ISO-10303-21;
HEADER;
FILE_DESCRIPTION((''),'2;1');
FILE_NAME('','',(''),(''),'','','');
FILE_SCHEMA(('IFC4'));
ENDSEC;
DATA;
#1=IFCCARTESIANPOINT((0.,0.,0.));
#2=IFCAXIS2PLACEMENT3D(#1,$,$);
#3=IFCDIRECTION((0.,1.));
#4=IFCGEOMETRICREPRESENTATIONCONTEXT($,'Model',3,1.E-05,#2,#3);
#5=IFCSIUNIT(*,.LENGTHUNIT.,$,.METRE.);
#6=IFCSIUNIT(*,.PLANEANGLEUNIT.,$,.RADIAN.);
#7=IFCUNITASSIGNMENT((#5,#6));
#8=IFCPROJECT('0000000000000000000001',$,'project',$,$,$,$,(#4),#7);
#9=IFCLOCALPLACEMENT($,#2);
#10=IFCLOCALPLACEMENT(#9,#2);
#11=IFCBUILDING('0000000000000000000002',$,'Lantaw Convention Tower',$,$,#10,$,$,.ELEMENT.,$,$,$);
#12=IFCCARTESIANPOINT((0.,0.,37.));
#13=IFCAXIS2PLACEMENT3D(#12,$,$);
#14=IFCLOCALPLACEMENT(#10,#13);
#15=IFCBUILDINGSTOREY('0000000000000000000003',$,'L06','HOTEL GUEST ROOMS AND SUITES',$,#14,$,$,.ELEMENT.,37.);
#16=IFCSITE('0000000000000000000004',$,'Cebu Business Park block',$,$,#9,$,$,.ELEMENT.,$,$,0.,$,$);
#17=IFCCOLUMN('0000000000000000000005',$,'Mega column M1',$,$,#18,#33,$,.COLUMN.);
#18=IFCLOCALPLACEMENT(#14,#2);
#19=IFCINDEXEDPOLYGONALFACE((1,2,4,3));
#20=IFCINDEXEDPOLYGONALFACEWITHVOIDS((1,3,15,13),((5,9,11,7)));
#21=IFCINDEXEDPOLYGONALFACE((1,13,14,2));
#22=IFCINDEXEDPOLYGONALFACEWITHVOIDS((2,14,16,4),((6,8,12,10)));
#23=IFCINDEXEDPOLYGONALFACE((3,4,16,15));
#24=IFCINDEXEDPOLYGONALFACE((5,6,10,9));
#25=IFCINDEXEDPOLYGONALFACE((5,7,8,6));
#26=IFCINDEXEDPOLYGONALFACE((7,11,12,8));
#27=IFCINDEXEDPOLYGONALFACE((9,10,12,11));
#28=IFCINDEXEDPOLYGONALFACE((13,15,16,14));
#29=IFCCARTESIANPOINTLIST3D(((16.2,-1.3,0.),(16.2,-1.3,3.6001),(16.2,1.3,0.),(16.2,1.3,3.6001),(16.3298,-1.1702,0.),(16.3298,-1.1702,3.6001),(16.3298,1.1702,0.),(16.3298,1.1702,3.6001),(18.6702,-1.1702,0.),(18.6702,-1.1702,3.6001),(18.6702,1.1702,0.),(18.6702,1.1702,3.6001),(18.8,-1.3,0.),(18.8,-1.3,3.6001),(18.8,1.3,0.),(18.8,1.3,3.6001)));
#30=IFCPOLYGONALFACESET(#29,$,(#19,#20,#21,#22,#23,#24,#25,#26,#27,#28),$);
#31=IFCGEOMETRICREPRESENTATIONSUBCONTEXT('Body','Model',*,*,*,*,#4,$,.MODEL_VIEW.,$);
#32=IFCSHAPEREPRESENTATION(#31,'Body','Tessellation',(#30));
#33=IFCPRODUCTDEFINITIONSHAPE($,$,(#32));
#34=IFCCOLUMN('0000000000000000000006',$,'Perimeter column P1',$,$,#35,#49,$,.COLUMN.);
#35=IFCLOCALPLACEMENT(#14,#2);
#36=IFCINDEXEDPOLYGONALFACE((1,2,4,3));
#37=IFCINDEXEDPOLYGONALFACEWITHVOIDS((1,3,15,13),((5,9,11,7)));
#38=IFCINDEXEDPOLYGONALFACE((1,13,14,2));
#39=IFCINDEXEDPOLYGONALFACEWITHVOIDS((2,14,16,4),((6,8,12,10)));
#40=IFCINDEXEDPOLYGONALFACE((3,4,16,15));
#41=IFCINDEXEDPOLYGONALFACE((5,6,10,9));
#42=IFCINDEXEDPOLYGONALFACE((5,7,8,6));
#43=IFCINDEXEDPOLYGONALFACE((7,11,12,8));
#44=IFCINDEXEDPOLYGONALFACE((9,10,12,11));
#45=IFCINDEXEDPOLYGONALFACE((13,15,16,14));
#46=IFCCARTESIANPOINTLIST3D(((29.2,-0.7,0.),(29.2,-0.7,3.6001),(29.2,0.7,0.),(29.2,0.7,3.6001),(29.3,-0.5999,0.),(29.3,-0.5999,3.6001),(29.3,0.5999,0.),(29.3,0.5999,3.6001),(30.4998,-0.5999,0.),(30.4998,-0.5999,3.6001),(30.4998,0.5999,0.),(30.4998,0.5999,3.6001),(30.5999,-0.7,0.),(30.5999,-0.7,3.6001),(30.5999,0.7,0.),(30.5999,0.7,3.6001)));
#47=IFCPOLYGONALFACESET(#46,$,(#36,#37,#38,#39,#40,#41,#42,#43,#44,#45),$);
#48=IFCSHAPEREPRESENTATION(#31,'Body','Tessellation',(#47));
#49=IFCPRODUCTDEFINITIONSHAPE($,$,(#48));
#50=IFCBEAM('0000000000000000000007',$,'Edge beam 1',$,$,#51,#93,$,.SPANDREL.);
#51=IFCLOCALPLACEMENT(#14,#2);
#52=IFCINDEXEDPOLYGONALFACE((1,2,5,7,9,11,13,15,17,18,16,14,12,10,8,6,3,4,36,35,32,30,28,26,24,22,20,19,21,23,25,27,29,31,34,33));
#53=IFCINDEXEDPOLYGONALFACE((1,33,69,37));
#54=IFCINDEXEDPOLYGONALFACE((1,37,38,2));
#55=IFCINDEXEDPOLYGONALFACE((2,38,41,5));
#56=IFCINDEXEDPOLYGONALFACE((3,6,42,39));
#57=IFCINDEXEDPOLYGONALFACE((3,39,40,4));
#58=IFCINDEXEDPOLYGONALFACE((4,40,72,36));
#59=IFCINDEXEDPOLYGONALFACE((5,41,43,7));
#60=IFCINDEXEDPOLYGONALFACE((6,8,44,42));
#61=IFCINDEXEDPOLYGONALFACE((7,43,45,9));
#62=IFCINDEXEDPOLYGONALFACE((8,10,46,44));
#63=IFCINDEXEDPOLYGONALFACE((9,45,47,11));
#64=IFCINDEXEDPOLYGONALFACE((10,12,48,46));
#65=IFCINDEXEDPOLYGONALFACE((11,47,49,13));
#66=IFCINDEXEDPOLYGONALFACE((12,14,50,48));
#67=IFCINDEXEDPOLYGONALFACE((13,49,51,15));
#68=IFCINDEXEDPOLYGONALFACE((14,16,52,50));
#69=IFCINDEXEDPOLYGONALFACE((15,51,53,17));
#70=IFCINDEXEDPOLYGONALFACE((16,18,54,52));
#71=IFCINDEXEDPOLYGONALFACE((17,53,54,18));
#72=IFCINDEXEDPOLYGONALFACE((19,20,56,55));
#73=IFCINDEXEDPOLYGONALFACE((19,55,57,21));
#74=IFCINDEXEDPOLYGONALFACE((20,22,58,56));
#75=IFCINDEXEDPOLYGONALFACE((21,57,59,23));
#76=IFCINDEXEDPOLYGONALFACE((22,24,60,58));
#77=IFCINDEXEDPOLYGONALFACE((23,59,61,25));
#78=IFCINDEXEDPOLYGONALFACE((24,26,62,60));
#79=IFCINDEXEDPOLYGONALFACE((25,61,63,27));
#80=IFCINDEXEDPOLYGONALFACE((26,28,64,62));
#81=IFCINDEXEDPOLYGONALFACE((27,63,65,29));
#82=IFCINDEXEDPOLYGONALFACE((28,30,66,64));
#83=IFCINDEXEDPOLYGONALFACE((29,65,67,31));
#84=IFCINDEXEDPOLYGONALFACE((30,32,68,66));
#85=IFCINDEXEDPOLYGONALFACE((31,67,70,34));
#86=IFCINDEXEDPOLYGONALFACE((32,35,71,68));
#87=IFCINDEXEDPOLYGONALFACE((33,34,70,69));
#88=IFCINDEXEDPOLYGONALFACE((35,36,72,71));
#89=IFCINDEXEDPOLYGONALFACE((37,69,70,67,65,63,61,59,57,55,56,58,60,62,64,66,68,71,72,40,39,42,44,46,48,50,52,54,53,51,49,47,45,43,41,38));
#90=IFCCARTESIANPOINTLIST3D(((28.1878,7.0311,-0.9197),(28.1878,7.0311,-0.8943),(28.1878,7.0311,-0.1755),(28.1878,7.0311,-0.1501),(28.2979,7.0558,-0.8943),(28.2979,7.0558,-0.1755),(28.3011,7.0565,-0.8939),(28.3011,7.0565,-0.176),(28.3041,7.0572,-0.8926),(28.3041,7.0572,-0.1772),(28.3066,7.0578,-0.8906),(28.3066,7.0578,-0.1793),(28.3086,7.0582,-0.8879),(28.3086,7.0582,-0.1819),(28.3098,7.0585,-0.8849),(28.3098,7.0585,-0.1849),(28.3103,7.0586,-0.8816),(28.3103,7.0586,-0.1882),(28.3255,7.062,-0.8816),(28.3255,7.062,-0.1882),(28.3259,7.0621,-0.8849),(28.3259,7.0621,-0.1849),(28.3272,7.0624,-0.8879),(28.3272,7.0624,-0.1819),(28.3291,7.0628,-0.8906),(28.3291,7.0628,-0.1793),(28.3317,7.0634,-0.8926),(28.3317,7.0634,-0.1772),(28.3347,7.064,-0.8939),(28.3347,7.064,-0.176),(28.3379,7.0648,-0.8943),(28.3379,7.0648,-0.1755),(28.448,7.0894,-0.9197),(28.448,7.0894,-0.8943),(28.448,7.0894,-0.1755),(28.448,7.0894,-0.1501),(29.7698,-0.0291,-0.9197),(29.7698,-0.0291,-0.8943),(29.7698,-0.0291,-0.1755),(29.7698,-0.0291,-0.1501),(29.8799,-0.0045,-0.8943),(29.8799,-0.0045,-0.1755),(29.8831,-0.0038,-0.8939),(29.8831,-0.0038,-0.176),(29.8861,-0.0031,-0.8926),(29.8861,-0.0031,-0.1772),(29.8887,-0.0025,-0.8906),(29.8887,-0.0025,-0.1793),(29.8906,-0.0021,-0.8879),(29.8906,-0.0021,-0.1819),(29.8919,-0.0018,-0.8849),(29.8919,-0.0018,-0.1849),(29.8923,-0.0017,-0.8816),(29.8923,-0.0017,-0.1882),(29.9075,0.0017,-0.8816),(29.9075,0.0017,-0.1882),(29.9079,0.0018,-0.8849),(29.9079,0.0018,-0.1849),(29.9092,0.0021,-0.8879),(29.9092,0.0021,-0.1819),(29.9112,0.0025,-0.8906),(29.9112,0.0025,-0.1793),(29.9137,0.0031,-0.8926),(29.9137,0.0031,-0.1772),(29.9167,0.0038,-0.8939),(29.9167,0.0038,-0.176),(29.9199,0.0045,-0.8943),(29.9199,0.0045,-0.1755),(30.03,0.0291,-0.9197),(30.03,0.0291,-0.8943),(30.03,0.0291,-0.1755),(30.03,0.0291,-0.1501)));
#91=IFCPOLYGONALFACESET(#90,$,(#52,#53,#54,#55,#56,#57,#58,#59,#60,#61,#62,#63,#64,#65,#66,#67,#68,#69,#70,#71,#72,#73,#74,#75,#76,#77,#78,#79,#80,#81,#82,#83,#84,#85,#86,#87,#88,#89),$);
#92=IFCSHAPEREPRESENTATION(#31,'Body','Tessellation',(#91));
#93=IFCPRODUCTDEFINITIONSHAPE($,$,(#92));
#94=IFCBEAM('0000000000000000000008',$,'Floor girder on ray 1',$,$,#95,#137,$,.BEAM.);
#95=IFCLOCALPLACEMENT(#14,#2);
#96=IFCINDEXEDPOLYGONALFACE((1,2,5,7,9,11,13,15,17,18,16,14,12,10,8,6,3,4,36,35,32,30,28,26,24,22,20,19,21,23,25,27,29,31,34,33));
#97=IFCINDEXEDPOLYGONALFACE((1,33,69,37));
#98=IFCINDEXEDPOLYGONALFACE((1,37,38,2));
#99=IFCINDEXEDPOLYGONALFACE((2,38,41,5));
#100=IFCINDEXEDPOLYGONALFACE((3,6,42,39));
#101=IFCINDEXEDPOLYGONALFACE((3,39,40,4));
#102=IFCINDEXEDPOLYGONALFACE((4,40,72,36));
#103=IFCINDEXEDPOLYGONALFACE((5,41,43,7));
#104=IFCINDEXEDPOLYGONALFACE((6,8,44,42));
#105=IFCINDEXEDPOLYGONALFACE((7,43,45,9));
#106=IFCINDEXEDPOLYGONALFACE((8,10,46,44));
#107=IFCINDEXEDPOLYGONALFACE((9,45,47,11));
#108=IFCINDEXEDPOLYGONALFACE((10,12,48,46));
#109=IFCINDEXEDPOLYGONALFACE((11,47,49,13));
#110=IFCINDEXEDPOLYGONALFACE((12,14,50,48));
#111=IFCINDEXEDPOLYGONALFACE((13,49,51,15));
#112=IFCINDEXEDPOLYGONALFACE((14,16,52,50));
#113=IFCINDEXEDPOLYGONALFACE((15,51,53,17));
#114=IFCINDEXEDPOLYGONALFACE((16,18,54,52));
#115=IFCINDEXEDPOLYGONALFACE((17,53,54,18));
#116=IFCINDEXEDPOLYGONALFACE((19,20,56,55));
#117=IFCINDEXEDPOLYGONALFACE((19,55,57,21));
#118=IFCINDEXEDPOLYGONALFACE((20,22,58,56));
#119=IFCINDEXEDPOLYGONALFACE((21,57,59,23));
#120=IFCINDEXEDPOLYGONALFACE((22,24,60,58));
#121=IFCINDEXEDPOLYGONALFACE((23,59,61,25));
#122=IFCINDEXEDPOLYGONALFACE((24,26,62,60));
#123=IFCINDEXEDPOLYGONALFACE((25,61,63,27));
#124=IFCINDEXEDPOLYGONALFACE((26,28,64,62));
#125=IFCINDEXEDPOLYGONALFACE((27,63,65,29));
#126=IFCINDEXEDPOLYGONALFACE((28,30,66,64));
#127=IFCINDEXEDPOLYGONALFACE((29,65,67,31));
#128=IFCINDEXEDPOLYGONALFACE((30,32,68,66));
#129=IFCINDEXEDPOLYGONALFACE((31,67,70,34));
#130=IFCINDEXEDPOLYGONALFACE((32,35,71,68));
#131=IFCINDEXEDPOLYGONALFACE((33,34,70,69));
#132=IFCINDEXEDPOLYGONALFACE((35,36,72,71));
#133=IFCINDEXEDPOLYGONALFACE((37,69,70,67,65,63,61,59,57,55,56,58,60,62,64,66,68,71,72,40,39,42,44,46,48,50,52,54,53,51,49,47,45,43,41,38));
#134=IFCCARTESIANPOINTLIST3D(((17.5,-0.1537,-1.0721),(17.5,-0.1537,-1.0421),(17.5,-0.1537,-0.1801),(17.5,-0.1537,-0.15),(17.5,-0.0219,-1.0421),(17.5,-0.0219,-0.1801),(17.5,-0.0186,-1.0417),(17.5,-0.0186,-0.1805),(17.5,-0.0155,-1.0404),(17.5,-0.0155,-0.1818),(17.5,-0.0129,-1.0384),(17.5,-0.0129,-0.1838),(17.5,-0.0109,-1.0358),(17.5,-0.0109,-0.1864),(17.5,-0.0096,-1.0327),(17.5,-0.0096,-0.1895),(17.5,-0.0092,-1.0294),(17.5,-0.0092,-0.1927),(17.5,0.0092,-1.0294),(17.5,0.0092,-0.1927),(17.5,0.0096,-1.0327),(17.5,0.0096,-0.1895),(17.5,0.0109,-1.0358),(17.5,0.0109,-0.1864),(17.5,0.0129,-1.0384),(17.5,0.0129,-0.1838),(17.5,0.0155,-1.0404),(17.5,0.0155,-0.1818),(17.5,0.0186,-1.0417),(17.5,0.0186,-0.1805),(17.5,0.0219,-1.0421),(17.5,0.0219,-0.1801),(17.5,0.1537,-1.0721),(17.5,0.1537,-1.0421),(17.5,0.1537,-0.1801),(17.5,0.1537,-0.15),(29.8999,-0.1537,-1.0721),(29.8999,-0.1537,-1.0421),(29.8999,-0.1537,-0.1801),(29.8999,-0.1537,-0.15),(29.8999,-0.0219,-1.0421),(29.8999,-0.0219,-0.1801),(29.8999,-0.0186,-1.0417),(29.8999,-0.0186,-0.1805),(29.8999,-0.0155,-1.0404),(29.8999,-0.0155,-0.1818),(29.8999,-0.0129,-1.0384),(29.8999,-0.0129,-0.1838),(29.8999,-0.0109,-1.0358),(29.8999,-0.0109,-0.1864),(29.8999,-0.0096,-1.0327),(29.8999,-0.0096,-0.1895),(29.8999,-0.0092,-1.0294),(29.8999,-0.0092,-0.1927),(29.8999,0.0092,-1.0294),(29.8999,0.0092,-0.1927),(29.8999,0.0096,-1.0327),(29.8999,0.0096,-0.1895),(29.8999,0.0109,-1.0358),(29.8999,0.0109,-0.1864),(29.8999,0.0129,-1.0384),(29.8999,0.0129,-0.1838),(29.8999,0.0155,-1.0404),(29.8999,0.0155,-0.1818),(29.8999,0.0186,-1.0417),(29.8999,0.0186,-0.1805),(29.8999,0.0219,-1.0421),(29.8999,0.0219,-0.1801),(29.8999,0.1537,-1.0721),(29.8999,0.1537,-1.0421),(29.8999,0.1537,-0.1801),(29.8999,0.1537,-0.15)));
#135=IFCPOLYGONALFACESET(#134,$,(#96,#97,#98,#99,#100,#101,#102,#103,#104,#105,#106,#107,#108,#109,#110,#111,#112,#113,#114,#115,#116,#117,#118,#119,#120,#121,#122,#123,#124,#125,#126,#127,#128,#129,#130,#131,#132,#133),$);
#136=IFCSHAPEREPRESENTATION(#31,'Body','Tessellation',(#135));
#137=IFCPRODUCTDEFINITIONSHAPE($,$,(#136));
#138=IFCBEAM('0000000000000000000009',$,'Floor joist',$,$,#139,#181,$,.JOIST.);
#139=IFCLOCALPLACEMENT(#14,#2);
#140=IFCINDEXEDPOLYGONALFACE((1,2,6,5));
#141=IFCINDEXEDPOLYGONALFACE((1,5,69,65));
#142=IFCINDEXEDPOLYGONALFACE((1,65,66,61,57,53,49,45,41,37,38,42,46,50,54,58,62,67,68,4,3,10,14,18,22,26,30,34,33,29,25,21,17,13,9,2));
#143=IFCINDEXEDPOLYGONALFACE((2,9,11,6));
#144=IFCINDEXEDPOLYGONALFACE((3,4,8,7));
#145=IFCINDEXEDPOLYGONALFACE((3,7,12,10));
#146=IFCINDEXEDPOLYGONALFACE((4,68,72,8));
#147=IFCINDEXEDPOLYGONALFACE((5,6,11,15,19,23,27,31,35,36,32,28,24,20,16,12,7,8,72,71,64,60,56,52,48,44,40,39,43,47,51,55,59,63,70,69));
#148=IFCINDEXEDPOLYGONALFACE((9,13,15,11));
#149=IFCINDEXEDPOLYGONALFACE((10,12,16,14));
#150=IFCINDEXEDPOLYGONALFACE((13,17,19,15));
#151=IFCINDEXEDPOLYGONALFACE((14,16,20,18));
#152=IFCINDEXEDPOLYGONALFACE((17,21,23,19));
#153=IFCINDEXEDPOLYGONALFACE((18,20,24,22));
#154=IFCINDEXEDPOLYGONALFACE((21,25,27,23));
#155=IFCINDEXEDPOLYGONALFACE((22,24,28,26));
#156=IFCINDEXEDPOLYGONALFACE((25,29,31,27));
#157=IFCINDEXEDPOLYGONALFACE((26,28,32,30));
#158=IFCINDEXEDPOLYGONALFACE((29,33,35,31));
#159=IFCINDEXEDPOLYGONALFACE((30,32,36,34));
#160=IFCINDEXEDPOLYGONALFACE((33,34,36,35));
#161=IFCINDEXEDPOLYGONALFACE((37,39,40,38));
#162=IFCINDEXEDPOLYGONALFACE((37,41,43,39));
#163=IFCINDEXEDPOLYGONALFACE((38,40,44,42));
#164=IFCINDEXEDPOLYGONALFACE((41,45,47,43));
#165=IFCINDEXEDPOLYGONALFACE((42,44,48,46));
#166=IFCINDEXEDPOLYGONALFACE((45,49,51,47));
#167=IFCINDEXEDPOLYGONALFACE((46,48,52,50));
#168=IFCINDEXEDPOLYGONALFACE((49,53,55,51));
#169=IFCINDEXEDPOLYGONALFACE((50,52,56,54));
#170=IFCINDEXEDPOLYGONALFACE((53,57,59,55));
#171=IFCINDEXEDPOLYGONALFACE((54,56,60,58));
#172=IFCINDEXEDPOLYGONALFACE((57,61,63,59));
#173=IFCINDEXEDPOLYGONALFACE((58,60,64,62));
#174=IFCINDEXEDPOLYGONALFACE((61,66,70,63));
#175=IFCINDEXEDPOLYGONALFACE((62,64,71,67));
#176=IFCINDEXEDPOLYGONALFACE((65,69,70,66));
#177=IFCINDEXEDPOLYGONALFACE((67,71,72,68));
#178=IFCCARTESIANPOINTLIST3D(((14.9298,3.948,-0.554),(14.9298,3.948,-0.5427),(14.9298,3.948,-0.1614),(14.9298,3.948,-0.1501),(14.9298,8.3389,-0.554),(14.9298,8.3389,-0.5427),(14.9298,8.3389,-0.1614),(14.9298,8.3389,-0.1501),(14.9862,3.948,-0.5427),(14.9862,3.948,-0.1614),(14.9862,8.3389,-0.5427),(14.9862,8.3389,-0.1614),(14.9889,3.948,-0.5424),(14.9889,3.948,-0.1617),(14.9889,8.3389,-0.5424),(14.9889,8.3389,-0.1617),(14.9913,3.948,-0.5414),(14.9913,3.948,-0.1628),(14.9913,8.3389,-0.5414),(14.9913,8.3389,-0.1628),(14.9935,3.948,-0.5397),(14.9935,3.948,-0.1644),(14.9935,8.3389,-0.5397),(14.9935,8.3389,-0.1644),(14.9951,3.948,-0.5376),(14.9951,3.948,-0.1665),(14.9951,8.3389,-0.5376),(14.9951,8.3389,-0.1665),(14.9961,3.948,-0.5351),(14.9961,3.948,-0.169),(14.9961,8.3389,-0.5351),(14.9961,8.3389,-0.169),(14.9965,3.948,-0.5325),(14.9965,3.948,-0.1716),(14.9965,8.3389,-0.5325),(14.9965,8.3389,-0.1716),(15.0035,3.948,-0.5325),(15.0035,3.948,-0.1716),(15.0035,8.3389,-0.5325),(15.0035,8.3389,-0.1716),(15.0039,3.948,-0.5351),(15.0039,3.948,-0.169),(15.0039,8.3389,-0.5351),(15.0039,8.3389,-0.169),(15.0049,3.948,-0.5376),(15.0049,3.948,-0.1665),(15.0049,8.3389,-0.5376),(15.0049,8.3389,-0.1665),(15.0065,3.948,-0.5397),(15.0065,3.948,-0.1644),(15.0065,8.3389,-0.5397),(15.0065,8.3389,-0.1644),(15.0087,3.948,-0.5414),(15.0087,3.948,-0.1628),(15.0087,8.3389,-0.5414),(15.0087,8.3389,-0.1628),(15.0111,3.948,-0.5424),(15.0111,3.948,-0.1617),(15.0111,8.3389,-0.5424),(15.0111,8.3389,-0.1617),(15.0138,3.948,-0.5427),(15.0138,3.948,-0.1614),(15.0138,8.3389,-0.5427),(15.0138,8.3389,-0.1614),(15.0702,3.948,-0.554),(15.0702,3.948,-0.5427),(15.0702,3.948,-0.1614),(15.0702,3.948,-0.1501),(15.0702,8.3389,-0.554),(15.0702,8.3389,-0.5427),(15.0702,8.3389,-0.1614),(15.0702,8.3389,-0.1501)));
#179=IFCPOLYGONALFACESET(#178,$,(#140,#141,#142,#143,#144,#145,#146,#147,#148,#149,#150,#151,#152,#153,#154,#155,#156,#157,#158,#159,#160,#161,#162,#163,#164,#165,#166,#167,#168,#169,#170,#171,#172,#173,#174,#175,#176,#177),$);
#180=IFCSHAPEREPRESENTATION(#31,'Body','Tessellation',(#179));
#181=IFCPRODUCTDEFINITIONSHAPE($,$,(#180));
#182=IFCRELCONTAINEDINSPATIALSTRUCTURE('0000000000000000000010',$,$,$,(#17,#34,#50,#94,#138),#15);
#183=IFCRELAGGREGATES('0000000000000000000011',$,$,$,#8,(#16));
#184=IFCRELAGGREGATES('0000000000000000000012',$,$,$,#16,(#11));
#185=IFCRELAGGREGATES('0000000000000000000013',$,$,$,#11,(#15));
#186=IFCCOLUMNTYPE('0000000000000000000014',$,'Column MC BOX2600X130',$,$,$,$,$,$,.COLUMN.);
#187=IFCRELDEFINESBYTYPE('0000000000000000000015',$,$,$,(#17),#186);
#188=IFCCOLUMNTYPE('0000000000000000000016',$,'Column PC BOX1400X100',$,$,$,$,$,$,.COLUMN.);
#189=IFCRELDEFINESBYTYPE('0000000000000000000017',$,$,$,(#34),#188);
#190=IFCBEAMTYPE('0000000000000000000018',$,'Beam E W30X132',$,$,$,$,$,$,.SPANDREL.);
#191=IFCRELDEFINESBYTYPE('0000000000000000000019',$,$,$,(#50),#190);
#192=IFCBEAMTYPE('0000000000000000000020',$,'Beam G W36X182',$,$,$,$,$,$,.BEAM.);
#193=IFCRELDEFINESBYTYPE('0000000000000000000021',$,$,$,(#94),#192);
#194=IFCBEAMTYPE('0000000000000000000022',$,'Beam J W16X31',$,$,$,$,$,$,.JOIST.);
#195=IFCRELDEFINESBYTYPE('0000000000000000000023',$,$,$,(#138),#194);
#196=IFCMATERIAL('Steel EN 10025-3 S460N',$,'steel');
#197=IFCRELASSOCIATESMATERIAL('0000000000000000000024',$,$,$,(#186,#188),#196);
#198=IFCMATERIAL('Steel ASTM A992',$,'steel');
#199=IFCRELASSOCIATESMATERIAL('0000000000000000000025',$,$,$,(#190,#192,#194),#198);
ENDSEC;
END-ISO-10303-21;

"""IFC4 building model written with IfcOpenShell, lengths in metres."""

from ifc_helpers import new_model, si_unit, direction, frame, origin, origin_2d, place, context, subcontext, project, spatial, rectangle, hollow_rectangle, i_section, extrude, material, material_profile, profile_set, type_object, element, save


model = new_model("IFC4")

# Units and contexts
model_context = context("Model", 3, precision=1e-05, world=origin(), true_north=direction((0.0, 1.0)))
body_context = subcontext(model_context, "Body", "Model", "MODEL_VIEW")
ifc_project = project(units=[si_unit("LENGTHUNIT", "METRE"), si_unit("PLANEANGLEUNIT", "RADIAN")], contexts=[model_context])

# Site, building, storey
site_placement = place(None, origin())
site = spatial("IfcSite", under=ifc_project, at=site_placement, Name="Cebu Business Park block", CompositionType="ELEMENT", RefElevation=0.0)
building_placement = place(site_placement, origin())
building = spatial("IfcBuilding", under=site, at=building_placement, Name="Lantaw Convention Tower", CompositionType="ELEMENT")
storey_placement = place(building_placement, frame((0.0, 0.0, 37.0)))
storey = spatial("IfcBuildingStorey", under=building, at=storey_placement, Name="L06", Description="HOTEL GUEST ROOMS AND SUITES", CompositionType="ELEMENT", Elevation=37.0)

# Columns
ifc_material_1 = material(Name="Steel EN 10025-3 S460N", Category="steel")
ifc_material_profile_1 = material_profile(ifc_material_1, hollow_rectangle(XDim=2.6001, YDim=2.6001, WallThickness=0.1299, at=origin_2d()), Name="BOX2600X130")
ifc_material_2 = material(Name="Concrete C60/75", Category="concrete")
ifc_material_profile_2 = material_profile(ifc_material_2, rectangle(XDim=2.3401, YDim=2.3401, at=origin_2d()), Name="Concrete fill of BOX2600X130")
ifc_profile_set_1 = profile_set([ifc_material_profile_1, ifc_material_profile_2], Name="Steel EN 10025-3 S460N")
column_type_1 = type_object("IfcColumnType", Name="Column MC BOX2600X130", PredefinedType="COLUMN", material=ifc_profile_set_1)
column_1_placement = place(storey_placement, frame((17.5, 0.0, 0.0), z_axis=(0.0, 0.0, 1.0), x_axis=(1.0, 0.0, 0.0)))
element("IfcColumn", 1, at=column_1_placement, inside=storey, type_object=column_type_1, Name="Mega column M1", PredefinedType="COLUMN", context=body_context, shape_type="SweptSolid", body=[
    extrude(hollow_rectangle(XDim=2.6001, YDim=2.6001, WallThickness=0.1299, at=origin_2d()), origin(), (0.0, 0.0, 1.0), 3.6001),
])
ifc_material_profile_3 = material_profile(ifc_material_1, hollow_rectangle(XDim=1.3999, YDim=1.3999, WallThickness=0.1001, at=origin_2d()), Name="BOX1400X100")
ifc_material_profile_4 = material_profile(ifc_material_2, rectangle(XDim=1.2, YDim=1.2, at=origin_2d()), Name="Concrete fill of BOX1400X100")
ifc_profile_set_2 = profile_set([ifc_material_profile_3, ifc_material_profile_4], Name="Steel EN 10025-3 S460N")
column_type_2 = type_object("IfcColumnType", Name="Column PC BOX1400X100", PredefinedType="COLUMN", material=ifc_profile_set_2)
column_2_placement = place(storey_placement, frame((29.8999, 0.0, 0.0), z_axis=(0.0, 0.0, 1.0), x_axis=(1.0, 0.0, 0.0)))
element("IfcColumn", 2, at=column_2_placement, inside=storey, type_object=column_type_2, Name="Perimeter column P1", PredefinedType="COLUMN", context=body_context, shape_type="SweptSolid", body=[
    extrude(hollow_rectangle(XDim=1.3999, YDim=1.3999, WallThickness=0.1001, at=origin_2d()), origin(), (0.0, 0.0, 1.0), 3.6001),
])

# Beams
ifc_material_3 = material(Name="Steel ASTM A992", Category="steel")
ifc_material_profile_5 = material_profile(ifc_material_3, i_section(OverallWidth=0.2666, OverallDepth=0.7695, WebThickness=0.0156, FlangeThickness=0.0254, FilletRadius=0.0127, at=origin_2d()), Name="W30X132")
ifc_profile_set_3 = profile_set([ifc_material_profile_5], Name="Steel ASTM A992")
beam_type_1 = type_object("IfcBeamType", Name="Beam E W30X132", PredefinedType="SPANDREL", material=ifc_profile_set_3)
beam_1_placement = place(storey_placement, frame((29.8999, 0.0, -0.5349), z_axis=(-0.218652, 0.975803, 0.0), x_axis=(-0.975803, -0.218652, 0.0)))
element("IfcBeam", 3, at=beam_1_placement, inside=storey, type_object=beam_type_1, Name="Edge beam 1", PredefinedType="SPANDREL", context=body_context, shape_type="SweptSolid", body=[
    extrude(i_section(OverallWidth=0.2666, OverallDepth=0.7695, WebThickness=0.0156, FlangeThickness=0.0254, FilletRadius=0.0127, at=origin_2d()), origin(), (0.0, 0.0, 1.0), 7.2354),
])
ifc_material_profile_6 = material_profile(ifc_material_3, i_section(OverallWidth=0.3074, OverallDepth=0.9221, WebThickness=0.0183, FlangeThickness=0.03, FilletRadius=0.0127, at=origin_2d()), Name="W36X182")
ifc_profile_set_4 = profile_set([ifc_material_profile_6], Name="Steel ASTM A992")
beam_type_2 = type_object("IfcBeamType", Name="Beam G W36X182", PredefinedType="BEAM", material=ifc_profile_set_4)
beam_2_placement = place(storey_placement, frame((17.5, 0.0, -0.6111), z_axis=(1.0, 0.0, 0.0), x_axis=(0.0, 1.0, 0.0)))
element("IfcBeam", 4, at=beam_2_placement, inside=storey, type_object=beam_type_2, Name="Floor girder on ray 1", PredefinedType="BEAM", context=body_context, shape_type="SweptSolid", body=[
    extrude(i_section(OverallWidth=0.3074, OverallDepth=0.9221, WebThickness=0.0183, FlangeThickness=0.03, FilletRadius=0.0127, at=origin_2d()), origin(), (0.0, 0.0, 1.0), 12.3999),
])
ifc_material_profile_7 = material_profile(ifc_material_3, i_section(OverallWidth=0.1404, OverallDepth=0.4038, WebThickness=0.0071, FlangeThickness=0.0112, FilletRadius=0.0103, at=origin_2d()), Name="W16X31")
ifc_profile_set_5 = profile_set([ifc_material_profile_7], Name="Steel ASTM A992")
beam_type_3 = type_object("IfcBeamType", Name="Beam J W16X31", PredefinedType="JOIST", material=ifc_profile_set_5)
beam_3_placement = place(storey_placement, frame((15.0, 3.948, -0.3521), z_axis=(0.0, 1.0, 0.0), x_axis=(-1.0, 0.0, 0.0)))
element("IfcBeam", 5, at=beam_3_placement, inside=storey, type_object=beam_type_3, Name="Floor joist", PredefinedType="JOIST", context=body_context, shape_type="SweptSolid", body=[
    extrude(i_section(OverallWidth=0.1404, OverallDepth=0.4038, WebThickness=0.0071, FlangeThickness=0.0112, FilletRadius=0.0103, at=origin_2d()), origin(), (0.0, 0.0, 1.0), 4.3909),
])

save(model, "model.ifc")
